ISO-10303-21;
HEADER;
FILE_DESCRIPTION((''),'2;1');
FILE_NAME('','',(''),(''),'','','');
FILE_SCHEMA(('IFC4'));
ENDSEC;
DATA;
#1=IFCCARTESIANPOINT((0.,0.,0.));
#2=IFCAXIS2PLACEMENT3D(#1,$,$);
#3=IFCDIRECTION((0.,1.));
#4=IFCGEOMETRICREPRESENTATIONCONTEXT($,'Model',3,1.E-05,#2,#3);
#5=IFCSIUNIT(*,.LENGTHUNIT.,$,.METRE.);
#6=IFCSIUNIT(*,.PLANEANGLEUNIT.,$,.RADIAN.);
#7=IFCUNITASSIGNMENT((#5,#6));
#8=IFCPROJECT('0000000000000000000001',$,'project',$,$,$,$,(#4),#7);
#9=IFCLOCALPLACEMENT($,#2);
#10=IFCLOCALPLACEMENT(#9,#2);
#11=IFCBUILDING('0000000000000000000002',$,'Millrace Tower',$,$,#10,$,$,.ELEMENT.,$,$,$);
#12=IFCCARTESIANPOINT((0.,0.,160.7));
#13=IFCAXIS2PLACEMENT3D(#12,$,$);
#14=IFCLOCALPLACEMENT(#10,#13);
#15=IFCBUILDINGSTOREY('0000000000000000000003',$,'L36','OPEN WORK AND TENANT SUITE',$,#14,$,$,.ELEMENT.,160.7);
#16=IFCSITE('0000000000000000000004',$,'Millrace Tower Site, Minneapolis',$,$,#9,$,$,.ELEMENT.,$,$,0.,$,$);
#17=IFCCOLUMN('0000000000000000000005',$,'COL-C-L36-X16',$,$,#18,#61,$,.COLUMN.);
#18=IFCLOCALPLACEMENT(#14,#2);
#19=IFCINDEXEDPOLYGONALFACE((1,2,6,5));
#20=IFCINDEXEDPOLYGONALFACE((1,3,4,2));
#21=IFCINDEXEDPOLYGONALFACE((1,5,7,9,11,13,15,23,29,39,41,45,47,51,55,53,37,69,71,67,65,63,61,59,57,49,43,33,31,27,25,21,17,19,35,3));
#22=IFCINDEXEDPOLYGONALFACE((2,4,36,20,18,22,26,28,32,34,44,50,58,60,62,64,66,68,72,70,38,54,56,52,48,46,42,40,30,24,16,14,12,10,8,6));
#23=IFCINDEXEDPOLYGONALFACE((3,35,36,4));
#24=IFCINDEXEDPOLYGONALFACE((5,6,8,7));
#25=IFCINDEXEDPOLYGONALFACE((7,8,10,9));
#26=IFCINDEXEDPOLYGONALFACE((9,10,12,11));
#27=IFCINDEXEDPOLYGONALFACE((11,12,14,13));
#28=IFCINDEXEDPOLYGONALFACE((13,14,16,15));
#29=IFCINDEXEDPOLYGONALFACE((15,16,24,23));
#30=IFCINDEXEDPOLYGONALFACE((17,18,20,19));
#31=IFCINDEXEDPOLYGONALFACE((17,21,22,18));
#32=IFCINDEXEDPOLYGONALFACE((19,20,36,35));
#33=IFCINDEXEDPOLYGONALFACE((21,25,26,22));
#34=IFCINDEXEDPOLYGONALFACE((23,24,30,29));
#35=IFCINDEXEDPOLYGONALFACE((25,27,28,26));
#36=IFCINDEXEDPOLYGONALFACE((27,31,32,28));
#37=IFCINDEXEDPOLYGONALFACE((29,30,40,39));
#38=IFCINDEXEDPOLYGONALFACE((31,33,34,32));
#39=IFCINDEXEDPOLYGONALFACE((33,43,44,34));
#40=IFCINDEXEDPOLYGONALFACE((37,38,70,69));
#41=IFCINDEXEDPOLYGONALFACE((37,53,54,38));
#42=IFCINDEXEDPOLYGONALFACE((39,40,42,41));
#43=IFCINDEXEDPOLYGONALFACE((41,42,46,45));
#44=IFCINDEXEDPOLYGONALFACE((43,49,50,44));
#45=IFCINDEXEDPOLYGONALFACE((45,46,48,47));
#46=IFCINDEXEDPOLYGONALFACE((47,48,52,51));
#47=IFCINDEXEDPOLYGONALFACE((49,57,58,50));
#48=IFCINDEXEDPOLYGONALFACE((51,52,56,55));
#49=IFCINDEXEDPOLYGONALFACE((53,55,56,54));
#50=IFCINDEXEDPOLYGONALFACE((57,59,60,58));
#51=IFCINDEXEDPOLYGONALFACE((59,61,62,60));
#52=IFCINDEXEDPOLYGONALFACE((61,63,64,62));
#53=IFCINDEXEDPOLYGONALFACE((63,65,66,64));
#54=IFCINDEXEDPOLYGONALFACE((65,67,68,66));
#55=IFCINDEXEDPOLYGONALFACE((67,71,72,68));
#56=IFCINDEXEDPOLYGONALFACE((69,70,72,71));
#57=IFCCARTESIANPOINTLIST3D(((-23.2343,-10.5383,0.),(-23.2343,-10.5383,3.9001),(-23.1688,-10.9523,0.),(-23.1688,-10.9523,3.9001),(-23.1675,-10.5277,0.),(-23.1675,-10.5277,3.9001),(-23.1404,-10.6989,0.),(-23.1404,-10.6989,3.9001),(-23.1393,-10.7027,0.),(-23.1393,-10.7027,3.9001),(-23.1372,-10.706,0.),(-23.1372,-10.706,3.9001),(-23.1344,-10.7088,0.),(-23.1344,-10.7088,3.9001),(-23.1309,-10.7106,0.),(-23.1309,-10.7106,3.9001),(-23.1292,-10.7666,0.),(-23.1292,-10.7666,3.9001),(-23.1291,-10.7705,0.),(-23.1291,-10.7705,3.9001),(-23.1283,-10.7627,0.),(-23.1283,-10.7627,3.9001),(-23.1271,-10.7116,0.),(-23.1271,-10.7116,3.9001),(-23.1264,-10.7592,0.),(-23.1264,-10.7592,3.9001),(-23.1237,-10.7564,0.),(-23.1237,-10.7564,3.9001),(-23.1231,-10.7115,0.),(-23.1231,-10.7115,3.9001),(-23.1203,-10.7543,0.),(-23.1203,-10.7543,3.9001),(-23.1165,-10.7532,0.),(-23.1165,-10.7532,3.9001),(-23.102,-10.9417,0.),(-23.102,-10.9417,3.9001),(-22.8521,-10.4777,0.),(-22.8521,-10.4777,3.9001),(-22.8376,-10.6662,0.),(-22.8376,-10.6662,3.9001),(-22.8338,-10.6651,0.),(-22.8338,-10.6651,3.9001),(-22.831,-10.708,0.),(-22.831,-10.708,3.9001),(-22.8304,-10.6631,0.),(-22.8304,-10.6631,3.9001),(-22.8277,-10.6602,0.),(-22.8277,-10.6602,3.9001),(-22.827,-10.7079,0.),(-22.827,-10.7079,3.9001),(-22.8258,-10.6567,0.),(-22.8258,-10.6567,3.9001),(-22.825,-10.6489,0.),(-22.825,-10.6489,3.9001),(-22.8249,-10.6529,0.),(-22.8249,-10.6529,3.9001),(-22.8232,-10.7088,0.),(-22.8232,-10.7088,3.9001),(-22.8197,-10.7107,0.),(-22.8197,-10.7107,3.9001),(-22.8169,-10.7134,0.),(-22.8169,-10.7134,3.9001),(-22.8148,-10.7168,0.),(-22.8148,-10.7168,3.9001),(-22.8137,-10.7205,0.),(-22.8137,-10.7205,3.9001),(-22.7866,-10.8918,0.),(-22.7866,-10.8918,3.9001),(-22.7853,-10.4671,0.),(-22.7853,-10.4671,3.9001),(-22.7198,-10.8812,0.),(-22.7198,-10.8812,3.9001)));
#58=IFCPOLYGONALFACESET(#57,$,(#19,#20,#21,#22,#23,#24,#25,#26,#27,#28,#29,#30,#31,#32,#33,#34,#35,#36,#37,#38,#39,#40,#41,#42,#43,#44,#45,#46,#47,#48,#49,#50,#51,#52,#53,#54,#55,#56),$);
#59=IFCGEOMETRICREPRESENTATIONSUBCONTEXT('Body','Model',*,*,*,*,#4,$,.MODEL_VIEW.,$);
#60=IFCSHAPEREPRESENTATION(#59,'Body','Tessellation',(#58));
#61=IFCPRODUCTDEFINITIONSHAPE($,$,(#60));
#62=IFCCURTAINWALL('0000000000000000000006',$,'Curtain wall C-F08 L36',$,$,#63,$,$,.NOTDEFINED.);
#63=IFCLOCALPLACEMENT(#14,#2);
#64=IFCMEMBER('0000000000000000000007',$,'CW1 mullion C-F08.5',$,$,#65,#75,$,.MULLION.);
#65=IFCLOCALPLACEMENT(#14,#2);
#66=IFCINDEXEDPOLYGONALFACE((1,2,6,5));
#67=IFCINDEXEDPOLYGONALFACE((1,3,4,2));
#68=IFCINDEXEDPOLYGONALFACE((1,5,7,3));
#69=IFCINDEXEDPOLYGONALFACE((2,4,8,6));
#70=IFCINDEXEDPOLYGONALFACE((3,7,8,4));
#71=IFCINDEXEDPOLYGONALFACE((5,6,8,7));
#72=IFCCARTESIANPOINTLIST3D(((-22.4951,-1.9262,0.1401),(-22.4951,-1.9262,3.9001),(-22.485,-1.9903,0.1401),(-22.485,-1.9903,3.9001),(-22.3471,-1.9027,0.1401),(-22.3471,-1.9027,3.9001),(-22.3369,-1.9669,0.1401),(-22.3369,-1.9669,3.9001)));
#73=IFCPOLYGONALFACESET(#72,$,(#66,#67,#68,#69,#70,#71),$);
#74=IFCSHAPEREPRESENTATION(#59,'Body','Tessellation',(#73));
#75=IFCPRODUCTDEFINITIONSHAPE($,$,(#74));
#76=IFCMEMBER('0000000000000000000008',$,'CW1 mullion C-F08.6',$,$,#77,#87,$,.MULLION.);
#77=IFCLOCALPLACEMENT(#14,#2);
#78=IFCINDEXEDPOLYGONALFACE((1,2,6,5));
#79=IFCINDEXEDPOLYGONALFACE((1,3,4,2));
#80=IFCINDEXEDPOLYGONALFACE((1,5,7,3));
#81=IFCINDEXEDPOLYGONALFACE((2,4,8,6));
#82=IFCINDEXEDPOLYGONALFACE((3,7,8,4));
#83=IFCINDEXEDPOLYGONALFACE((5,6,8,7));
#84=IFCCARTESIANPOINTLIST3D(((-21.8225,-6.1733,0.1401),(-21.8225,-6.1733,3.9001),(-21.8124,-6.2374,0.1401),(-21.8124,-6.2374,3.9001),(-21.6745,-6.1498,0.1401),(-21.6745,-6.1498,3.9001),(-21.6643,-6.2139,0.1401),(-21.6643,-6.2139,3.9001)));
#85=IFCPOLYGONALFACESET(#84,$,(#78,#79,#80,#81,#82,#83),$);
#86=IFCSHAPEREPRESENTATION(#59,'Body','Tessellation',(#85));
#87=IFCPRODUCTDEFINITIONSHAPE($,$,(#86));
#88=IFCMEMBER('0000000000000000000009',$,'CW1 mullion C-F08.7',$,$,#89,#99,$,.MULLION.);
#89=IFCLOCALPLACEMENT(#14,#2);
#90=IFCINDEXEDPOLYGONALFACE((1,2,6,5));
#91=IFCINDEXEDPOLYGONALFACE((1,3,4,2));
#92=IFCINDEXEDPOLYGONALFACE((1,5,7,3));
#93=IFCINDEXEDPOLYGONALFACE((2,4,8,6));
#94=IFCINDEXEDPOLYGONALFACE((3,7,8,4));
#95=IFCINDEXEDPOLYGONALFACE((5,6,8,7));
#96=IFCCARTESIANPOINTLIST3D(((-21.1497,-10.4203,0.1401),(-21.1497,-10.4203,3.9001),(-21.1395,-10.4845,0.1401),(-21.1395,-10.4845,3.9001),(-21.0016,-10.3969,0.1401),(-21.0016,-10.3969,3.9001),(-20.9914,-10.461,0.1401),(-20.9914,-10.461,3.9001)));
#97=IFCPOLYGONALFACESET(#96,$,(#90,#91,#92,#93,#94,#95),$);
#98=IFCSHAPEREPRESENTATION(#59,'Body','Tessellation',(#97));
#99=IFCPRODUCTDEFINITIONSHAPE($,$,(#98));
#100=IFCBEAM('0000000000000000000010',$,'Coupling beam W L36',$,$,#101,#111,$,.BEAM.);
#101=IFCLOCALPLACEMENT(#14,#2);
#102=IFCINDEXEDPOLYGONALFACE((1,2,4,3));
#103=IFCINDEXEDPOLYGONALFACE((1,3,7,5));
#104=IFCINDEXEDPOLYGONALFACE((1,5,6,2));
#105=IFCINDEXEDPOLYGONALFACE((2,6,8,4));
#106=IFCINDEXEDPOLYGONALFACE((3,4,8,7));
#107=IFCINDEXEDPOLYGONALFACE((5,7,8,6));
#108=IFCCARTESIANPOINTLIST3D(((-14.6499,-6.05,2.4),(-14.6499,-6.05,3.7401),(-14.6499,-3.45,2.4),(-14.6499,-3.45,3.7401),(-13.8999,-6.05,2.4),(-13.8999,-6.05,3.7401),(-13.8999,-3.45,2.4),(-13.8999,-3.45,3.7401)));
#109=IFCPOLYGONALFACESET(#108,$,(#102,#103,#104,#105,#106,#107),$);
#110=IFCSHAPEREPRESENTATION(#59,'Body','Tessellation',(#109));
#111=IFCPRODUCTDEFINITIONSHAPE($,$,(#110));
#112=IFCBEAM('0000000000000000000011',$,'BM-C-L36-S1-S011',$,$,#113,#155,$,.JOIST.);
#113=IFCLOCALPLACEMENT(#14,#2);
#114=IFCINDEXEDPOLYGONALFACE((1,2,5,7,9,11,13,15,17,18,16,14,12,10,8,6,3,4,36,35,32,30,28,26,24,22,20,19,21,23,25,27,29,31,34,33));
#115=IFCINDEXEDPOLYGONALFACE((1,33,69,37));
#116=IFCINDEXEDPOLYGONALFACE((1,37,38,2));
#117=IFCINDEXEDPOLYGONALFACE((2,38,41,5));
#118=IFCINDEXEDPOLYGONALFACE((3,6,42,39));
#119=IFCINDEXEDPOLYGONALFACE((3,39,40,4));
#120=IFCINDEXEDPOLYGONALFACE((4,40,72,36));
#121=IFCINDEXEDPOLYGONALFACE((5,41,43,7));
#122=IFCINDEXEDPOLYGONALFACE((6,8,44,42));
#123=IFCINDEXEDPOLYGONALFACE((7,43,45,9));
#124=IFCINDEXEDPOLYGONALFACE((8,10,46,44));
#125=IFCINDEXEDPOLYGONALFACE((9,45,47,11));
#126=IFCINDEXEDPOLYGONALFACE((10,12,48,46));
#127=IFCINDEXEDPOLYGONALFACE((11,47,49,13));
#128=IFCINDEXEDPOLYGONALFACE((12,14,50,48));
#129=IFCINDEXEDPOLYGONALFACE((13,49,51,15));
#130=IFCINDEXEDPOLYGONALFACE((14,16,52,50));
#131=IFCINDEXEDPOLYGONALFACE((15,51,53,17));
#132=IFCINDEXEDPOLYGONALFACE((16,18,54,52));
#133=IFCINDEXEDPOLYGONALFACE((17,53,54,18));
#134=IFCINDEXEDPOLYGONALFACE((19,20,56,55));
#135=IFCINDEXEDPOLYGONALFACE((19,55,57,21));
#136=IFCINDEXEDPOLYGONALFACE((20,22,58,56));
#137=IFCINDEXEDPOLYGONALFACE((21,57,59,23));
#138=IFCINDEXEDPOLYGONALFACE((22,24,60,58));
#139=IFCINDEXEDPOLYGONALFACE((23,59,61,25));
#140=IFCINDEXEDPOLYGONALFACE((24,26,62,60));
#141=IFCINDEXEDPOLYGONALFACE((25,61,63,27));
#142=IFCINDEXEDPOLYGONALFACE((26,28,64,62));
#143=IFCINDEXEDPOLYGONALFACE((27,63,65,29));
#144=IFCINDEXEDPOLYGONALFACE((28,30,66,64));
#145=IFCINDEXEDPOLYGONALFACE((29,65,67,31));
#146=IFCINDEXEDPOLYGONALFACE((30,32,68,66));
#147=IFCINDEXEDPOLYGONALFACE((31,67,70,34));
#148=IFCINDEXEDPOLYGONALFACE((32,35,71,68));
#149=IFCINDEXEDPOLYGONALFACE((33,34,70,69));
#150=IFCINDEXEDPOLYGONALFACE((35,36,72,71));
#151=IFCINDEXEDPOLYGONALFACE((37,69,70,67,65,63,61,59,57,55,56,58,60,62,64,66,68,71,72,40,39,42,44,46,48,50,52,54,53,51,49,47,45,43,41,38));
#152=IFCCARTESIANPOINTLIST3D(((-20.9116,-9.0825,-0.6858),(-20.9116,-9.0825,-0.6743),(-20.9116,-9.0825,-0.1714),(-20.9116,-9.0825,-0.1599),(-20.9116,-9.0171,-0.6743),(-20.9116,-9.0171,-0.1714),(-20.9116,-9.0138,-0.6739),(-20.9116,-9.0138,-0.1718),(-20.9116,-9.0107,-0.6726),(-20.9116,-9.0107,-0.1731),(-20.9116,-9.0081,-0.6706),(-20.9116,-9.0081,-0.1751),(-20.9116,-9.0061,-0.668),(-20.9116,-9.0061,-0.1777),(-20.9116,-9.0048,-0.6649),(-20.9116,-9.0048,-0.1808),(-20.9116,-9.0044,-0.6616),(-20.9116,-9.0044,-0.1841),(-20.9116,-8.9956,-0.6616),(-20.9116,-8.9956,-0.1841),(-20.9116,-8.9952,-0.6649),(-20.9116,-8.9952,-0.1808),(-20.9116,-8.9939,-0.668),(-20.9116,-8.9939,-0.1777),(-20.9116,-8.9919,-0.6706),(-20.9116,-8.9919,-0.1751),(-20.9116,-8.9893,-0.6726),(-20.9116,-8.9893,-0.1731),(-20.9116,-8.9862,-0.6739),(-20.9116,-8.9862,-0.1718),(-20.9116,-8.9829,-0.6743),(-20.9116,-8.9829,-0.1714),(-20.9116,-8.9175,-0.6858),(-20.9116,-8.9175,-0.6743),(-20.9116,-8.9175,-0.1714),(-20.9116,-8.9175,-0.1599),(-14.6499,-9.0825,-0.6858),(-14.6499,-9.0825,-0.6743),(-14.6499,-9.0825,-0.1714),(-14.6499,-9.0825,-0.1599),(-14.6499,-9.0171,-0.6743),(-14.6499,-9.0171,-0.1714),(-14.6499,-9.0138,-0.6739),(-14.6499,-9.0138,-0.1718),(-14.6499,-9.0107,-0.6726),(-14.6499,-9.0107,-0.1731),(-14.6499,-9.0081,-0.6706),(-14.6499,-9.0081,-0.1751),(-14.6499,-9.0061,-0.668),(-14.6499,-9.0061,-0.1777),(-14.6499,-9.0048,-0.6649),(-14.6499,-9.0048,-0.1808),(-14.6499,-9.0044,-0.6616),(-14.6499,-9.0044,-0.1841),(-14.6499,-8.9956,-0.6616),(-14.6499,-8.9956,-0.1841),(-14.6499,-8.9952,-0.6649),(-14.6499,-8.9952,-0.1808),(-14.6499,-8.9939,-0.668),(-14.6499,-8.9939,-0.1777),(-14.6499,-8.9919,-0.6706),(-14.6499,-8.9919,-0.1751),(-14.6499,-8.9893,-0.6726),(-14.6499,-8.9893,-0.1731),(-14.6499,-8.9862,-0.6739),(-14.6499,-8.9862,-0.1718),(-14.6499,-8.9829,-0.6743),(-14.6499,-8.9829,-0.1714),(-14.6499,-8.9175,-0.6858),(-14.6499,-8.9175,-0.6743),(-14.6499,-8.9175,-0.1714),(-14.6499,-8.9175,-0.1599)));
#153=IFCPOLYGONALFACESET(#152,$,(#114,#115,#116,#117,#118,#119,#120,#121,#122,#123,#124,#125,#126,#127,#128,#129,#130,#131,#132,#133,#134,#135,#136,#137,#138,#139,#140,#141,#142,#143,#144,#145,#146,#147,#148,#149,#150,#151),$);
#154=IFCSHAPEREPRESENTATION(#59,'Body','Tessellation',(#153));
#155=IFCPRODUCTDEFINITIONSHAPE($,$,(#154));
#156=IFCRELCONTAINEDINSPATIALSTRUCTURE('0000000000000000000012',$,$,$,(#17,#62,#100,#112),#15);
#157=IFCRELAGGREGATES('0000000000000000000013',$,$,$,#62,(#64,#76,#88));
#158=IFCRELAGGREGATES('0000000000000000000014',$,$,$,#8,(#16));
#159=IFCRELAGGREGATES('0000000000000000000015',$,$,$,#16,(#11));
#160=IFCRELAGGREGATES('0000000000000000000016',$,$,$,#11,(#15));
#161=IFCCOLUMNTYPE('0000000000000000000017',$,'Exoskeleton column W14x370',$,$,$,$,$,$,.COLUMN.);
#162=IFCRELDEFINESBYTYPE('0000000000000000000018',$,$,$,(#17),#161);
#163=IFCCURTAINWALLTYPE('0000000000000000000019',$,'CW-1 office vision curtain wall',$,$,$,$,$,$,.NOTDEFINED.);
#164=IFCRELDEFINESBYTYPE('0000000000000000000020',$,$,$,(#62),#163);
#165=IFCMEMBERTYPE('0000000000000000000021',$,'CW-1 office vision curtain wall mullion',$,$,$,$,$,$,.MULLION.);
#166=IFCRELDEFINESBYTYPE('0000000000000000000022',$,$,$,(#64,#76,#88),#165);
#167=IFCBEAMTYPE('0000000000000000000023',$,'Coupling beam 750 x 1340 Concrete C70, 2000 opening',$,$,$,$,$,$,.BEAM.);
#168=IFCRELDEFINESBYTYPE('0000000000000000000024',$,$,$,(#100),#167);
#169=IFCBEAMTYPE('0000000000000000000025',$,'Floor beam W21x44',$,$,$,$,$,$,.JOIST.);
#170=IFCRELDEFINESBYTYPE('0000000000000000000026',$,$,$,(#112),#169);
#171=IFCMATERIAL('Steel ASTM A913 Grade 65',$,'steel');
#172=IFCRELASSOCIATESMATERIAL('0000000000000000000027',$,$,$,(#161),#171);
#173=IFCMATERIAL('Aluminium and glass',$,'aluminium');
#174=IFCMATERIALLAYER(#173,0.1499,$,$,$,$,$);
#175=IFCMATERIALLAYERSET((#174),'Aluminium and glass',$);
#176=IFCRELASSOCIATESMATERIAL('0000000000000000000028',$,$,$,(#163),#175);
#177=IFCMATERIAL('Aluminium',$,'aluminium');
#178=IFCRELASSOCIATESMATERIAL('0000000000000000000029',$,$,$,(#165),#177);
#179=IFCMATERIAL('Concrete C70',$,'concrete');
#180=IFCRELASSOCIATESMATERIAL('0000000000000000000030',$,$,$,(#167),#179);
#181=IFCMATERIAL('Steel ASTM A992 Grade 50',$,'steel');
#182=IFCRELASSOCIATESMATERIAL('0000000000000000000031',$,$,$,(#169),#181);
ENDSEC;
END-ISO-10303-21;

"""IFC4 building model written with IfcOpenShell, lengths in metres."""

from ifc_helpers import new_model, si_unit, direction, frame, origin, origin_2d, place, context, subcontext, project, spatial, rectangle, i_section, extrude, material, layer, layer_set, material_profile, profile_set, type_object, element, aggregate, save


model = new_model("IFC4")

# Units and contexts
model_context = context("Model", 3, precision=1e-05, world=origin(), true_north=direction((0.0, 1.0)))
body_context = subcontext(model_context, "Body", "Model", "MODEL_VIEW")
ifc_project = project(units=[si_unit("LENGTHUNIT", "METRE"), si_unit("PLANEANGLEUNIT", "RADIAN")], contexts=[model_context])

# Site, building, storey
site_placement = place(None, origin())
site = spatial("IfcSite", under=ifc_project, at=site_placement, Name="Millrace Tower Site, Minneapolis", CompositionType="ELEMENT", RefElevation=0.0)
building_placement = place(site_placement, origin())
building = spatial("IfcBuilding", under=site, at=building_placement, Name="Millrace Tower", CompositionType="ELEMENT")
storey_placement = place(building_placement, frame((0.0, 0.0, 160.7)))
storey = spatial("IfcBuildingStorey", under=building, at=storey_placement, Name="L36", Description="OPEN WORK AND TENANT SUITE", CompositionType="ELEMENT", Elevation=160.7)

# Column
ifc_material_1 = material(Name="Steel ASTM A913 Grade 65", Category="steel")
ifc_material_profile_1 = material_profile(ifc_material_1, i_section(OverallWidth=0.4192, OverallDepth=0.4546, WebThickness=0.0422, FlangeThickness=0.0676, FilletRadius=0.0151, at=origin_2d()))
ifc_profile_set_1 = profile_set([ifc_material_profile_1], Name="Steel ASTM A913 Grade 65")
column_type = type_object("IfcColumnType", Name="Exoskeleton column W14x370", PredefinedType="COLUMN", material=ifc_profile_set_1)
column_placement = place(storey_placement, frame((-22.9771, -10.7097, 0.0), z_axis=(0.0, 0.0, 1.0), x_axis=(0.156434, -0.987688, 0.0)))
element("IfcColumn", 1, at=column_placement, inside=storey, type_object=column_type, Name="COL-C-L36-X16", PredefinedType="COLUMN", context=body_context, shape_type="SweptSolid", body=[
    extrude(i_section(OverallWidth=0.4192, OverallDepth=0.4546, WebThickness=0.0422, FlangeThickness=0.0676, FilletRadius=0.0151, at=origin_2d()), origin(), (0.0, 0.0, 1.0), 3.9001),
])

# Curtain wall, members
ifc_material_2 = material(Name="Aluminium and glass", Category="aluminium")
ifc_layer_1 = layer(ifc_material_2, 0.1499)
ifc_layer_set_1 = layer_set([ifc_layer_1], Name="Aluminium and glass")
curtain_wall_type = type_object("IfcCurtainWallType", Name="CW-1 office vision curtain wall", PredefinedType="NOTDEFINED", material=ifc_layer_set_1)
curtain_wall_placement = place(storey_placement, origin())
curtain_wall = element("IfcCurtainWall", 2, at=curtain_wall_placement, inside=storey, type_object=curtain_wall_type, Name="Curtain wall C-F08 L36", PredefinedType="NOTDEFINED")
ifc_material_3 = material(Name="Aluminium", Category="aluminium")
ifc_material_profile_2 = material_profile(ifc_material_3, rectangle(XDim=0.0649, YDim=0.1499, at=origin_2d()))
ifc_profile_set_2 = profile_set([ifc_material_profile_2], Name="Aluminium")
member_type = type_object("IfcMemberType", Name="CW-1 office vision curtain wall mullion", PredefinedType="MULLION", material=ifc_profile_set_2)
member_1_placement = place(storey_placement, frame((-22.416, -1.9465, 0.1401), z_axis=(0.0, 0.0, 1.0), x_axis=(0.156434, -0.987688, 0.0)))
member_1 = element("IfcMember", 3, at=member_1_placement, type_object=member_type, Name="CW1 mullion C-F08.5", PredefinedType="MULLION", context=body_context, shape_type="SweptSolid", body=[
    extrude(rectangle(XDim=0.0649, YDim=0.1499, at=origin_2d()), origin(), (0.0, 0.0, 1.0), 3.76),
])
member_2_placement = place(storey_placement, frame((-21.7434, -6.1936, 0.1401), z_axis=(0.0, 0.0, 1.0), x_axis=(0.156434, -0.987688, 0.0)))
member_2 = element("IfcMember", 4, at=member_2_placement, type_object=member_type, Name="CW1 mullion C-F08.6", PredefinedType="MULLION", context=body_context, shape_type="SweptSolid", body=[
    extrude(rectangle(XDim=0.0649, YDim=0.1499, at=origin_2d()), origin(), (0.0, 0.0, 1.0), 3.76),
])
member_3_placement = place(storey_placement, frame((-21.0706, -10.4407, 0.1401), z_axis=(0.0, 0.0, 1.0), x_axis=(0.156434, -0.987688, 0.0)))
member_3 = element("IfcMember", 5, at=member_3_placement, type_object=member_type, Name="CW1 mullion C-F08.7", PredefinedType="MULLION", context=body_context, shape_type="SweptSolid", body=[
    extrude(rectangle(XDim=0.0649, YDim=0.1499, at=origin_2d()), origin(), (0.0, 0.0, 1.0), 3.76),
])
aggregate(curtain_wall, [member_1, member_2, member_3])

# Beams
ifc_material_4 = material(Name="Concrete C70", Category="concrete")
ifc_material_profile_3 = material_profile(ifc_material_4, rectangle(XDim=0.75, YDim=1.3401, at=origin_2d()))
ifc_profile_set_3 = profile_set([ifc_material_profile_3], Name="Concrete C70")
beam_type_1 = type_object("IfcBeamType", Name="Coupling beam 750 x 1340 Concrete C70, 2000 opening", PredefinedType="BEAM", material=ifc_profile_set_3)
beam_1_placement = place(storey_placement, frame((-14.2749, -6.05, 3.0701), z_axis=(0.0, 1.0, 0.0), x_axis=(-1.0, 0.0, 0.0)))
element("IfcBeam", 6, at=beam_1_placement, inside=storey, type_object=beam_type_1, Name="Coupling beam W L36", PredefinedType="BEAM", context=body_context, shape_type="SweptSolid", body=[
    extrude(rectangle(XDim=0.75, YDim=1.3401, at=origin_2d()), origin(), (0.0, 0.0, 1.0), 2.6001),
])
ifc_material_5 = material(Name="Steel ASTM A992 Grade 50", Category="steel")
ifc_material_profile_4 = material_profile(ifc_material_5, i_section(OverallWidth=0.165, OverallDepth=0.5259, WebThickness=0.0088, FlangeThickness=0.0115, FilletRadius=0.0127, at=origin_2d()))
ifc_profile_set_4 = profile_set([ifc_material_profile_4], Name="Steel ASTM A992 Grade 50")
beam_type_2 = type_object("IfcBeamType", Name="Floor beam W21x44", PredefinedType="JOIST", material=ifc_profile_set_4)
beam_2_placement = place(storey_placement, frame((-20.9116, -9.0, -0.4229), z_axis=(1.0, 0.0, 0.0), x_axis=(0.0, 1.0, 0.0)))
element("IfcBeam", 7, at=beam_2_placement, inside=storey, type_object=beam_type_2, Name="BM-C-L36-S1-S011", PredefinedType="JOIST", context=body_context, shape_type="SweptSolid", body=[
    extrude(i_section(OverallWidth=0.165, OverallDepth=0.5259, WebThickness=0.0088, FlangeThickness=0.0115, FilletRadius=0.0127, at=origin_2d()), origin(), (0.0, 0.0, 1.0), 6.2617),
])

save(model, "model.ifc")
